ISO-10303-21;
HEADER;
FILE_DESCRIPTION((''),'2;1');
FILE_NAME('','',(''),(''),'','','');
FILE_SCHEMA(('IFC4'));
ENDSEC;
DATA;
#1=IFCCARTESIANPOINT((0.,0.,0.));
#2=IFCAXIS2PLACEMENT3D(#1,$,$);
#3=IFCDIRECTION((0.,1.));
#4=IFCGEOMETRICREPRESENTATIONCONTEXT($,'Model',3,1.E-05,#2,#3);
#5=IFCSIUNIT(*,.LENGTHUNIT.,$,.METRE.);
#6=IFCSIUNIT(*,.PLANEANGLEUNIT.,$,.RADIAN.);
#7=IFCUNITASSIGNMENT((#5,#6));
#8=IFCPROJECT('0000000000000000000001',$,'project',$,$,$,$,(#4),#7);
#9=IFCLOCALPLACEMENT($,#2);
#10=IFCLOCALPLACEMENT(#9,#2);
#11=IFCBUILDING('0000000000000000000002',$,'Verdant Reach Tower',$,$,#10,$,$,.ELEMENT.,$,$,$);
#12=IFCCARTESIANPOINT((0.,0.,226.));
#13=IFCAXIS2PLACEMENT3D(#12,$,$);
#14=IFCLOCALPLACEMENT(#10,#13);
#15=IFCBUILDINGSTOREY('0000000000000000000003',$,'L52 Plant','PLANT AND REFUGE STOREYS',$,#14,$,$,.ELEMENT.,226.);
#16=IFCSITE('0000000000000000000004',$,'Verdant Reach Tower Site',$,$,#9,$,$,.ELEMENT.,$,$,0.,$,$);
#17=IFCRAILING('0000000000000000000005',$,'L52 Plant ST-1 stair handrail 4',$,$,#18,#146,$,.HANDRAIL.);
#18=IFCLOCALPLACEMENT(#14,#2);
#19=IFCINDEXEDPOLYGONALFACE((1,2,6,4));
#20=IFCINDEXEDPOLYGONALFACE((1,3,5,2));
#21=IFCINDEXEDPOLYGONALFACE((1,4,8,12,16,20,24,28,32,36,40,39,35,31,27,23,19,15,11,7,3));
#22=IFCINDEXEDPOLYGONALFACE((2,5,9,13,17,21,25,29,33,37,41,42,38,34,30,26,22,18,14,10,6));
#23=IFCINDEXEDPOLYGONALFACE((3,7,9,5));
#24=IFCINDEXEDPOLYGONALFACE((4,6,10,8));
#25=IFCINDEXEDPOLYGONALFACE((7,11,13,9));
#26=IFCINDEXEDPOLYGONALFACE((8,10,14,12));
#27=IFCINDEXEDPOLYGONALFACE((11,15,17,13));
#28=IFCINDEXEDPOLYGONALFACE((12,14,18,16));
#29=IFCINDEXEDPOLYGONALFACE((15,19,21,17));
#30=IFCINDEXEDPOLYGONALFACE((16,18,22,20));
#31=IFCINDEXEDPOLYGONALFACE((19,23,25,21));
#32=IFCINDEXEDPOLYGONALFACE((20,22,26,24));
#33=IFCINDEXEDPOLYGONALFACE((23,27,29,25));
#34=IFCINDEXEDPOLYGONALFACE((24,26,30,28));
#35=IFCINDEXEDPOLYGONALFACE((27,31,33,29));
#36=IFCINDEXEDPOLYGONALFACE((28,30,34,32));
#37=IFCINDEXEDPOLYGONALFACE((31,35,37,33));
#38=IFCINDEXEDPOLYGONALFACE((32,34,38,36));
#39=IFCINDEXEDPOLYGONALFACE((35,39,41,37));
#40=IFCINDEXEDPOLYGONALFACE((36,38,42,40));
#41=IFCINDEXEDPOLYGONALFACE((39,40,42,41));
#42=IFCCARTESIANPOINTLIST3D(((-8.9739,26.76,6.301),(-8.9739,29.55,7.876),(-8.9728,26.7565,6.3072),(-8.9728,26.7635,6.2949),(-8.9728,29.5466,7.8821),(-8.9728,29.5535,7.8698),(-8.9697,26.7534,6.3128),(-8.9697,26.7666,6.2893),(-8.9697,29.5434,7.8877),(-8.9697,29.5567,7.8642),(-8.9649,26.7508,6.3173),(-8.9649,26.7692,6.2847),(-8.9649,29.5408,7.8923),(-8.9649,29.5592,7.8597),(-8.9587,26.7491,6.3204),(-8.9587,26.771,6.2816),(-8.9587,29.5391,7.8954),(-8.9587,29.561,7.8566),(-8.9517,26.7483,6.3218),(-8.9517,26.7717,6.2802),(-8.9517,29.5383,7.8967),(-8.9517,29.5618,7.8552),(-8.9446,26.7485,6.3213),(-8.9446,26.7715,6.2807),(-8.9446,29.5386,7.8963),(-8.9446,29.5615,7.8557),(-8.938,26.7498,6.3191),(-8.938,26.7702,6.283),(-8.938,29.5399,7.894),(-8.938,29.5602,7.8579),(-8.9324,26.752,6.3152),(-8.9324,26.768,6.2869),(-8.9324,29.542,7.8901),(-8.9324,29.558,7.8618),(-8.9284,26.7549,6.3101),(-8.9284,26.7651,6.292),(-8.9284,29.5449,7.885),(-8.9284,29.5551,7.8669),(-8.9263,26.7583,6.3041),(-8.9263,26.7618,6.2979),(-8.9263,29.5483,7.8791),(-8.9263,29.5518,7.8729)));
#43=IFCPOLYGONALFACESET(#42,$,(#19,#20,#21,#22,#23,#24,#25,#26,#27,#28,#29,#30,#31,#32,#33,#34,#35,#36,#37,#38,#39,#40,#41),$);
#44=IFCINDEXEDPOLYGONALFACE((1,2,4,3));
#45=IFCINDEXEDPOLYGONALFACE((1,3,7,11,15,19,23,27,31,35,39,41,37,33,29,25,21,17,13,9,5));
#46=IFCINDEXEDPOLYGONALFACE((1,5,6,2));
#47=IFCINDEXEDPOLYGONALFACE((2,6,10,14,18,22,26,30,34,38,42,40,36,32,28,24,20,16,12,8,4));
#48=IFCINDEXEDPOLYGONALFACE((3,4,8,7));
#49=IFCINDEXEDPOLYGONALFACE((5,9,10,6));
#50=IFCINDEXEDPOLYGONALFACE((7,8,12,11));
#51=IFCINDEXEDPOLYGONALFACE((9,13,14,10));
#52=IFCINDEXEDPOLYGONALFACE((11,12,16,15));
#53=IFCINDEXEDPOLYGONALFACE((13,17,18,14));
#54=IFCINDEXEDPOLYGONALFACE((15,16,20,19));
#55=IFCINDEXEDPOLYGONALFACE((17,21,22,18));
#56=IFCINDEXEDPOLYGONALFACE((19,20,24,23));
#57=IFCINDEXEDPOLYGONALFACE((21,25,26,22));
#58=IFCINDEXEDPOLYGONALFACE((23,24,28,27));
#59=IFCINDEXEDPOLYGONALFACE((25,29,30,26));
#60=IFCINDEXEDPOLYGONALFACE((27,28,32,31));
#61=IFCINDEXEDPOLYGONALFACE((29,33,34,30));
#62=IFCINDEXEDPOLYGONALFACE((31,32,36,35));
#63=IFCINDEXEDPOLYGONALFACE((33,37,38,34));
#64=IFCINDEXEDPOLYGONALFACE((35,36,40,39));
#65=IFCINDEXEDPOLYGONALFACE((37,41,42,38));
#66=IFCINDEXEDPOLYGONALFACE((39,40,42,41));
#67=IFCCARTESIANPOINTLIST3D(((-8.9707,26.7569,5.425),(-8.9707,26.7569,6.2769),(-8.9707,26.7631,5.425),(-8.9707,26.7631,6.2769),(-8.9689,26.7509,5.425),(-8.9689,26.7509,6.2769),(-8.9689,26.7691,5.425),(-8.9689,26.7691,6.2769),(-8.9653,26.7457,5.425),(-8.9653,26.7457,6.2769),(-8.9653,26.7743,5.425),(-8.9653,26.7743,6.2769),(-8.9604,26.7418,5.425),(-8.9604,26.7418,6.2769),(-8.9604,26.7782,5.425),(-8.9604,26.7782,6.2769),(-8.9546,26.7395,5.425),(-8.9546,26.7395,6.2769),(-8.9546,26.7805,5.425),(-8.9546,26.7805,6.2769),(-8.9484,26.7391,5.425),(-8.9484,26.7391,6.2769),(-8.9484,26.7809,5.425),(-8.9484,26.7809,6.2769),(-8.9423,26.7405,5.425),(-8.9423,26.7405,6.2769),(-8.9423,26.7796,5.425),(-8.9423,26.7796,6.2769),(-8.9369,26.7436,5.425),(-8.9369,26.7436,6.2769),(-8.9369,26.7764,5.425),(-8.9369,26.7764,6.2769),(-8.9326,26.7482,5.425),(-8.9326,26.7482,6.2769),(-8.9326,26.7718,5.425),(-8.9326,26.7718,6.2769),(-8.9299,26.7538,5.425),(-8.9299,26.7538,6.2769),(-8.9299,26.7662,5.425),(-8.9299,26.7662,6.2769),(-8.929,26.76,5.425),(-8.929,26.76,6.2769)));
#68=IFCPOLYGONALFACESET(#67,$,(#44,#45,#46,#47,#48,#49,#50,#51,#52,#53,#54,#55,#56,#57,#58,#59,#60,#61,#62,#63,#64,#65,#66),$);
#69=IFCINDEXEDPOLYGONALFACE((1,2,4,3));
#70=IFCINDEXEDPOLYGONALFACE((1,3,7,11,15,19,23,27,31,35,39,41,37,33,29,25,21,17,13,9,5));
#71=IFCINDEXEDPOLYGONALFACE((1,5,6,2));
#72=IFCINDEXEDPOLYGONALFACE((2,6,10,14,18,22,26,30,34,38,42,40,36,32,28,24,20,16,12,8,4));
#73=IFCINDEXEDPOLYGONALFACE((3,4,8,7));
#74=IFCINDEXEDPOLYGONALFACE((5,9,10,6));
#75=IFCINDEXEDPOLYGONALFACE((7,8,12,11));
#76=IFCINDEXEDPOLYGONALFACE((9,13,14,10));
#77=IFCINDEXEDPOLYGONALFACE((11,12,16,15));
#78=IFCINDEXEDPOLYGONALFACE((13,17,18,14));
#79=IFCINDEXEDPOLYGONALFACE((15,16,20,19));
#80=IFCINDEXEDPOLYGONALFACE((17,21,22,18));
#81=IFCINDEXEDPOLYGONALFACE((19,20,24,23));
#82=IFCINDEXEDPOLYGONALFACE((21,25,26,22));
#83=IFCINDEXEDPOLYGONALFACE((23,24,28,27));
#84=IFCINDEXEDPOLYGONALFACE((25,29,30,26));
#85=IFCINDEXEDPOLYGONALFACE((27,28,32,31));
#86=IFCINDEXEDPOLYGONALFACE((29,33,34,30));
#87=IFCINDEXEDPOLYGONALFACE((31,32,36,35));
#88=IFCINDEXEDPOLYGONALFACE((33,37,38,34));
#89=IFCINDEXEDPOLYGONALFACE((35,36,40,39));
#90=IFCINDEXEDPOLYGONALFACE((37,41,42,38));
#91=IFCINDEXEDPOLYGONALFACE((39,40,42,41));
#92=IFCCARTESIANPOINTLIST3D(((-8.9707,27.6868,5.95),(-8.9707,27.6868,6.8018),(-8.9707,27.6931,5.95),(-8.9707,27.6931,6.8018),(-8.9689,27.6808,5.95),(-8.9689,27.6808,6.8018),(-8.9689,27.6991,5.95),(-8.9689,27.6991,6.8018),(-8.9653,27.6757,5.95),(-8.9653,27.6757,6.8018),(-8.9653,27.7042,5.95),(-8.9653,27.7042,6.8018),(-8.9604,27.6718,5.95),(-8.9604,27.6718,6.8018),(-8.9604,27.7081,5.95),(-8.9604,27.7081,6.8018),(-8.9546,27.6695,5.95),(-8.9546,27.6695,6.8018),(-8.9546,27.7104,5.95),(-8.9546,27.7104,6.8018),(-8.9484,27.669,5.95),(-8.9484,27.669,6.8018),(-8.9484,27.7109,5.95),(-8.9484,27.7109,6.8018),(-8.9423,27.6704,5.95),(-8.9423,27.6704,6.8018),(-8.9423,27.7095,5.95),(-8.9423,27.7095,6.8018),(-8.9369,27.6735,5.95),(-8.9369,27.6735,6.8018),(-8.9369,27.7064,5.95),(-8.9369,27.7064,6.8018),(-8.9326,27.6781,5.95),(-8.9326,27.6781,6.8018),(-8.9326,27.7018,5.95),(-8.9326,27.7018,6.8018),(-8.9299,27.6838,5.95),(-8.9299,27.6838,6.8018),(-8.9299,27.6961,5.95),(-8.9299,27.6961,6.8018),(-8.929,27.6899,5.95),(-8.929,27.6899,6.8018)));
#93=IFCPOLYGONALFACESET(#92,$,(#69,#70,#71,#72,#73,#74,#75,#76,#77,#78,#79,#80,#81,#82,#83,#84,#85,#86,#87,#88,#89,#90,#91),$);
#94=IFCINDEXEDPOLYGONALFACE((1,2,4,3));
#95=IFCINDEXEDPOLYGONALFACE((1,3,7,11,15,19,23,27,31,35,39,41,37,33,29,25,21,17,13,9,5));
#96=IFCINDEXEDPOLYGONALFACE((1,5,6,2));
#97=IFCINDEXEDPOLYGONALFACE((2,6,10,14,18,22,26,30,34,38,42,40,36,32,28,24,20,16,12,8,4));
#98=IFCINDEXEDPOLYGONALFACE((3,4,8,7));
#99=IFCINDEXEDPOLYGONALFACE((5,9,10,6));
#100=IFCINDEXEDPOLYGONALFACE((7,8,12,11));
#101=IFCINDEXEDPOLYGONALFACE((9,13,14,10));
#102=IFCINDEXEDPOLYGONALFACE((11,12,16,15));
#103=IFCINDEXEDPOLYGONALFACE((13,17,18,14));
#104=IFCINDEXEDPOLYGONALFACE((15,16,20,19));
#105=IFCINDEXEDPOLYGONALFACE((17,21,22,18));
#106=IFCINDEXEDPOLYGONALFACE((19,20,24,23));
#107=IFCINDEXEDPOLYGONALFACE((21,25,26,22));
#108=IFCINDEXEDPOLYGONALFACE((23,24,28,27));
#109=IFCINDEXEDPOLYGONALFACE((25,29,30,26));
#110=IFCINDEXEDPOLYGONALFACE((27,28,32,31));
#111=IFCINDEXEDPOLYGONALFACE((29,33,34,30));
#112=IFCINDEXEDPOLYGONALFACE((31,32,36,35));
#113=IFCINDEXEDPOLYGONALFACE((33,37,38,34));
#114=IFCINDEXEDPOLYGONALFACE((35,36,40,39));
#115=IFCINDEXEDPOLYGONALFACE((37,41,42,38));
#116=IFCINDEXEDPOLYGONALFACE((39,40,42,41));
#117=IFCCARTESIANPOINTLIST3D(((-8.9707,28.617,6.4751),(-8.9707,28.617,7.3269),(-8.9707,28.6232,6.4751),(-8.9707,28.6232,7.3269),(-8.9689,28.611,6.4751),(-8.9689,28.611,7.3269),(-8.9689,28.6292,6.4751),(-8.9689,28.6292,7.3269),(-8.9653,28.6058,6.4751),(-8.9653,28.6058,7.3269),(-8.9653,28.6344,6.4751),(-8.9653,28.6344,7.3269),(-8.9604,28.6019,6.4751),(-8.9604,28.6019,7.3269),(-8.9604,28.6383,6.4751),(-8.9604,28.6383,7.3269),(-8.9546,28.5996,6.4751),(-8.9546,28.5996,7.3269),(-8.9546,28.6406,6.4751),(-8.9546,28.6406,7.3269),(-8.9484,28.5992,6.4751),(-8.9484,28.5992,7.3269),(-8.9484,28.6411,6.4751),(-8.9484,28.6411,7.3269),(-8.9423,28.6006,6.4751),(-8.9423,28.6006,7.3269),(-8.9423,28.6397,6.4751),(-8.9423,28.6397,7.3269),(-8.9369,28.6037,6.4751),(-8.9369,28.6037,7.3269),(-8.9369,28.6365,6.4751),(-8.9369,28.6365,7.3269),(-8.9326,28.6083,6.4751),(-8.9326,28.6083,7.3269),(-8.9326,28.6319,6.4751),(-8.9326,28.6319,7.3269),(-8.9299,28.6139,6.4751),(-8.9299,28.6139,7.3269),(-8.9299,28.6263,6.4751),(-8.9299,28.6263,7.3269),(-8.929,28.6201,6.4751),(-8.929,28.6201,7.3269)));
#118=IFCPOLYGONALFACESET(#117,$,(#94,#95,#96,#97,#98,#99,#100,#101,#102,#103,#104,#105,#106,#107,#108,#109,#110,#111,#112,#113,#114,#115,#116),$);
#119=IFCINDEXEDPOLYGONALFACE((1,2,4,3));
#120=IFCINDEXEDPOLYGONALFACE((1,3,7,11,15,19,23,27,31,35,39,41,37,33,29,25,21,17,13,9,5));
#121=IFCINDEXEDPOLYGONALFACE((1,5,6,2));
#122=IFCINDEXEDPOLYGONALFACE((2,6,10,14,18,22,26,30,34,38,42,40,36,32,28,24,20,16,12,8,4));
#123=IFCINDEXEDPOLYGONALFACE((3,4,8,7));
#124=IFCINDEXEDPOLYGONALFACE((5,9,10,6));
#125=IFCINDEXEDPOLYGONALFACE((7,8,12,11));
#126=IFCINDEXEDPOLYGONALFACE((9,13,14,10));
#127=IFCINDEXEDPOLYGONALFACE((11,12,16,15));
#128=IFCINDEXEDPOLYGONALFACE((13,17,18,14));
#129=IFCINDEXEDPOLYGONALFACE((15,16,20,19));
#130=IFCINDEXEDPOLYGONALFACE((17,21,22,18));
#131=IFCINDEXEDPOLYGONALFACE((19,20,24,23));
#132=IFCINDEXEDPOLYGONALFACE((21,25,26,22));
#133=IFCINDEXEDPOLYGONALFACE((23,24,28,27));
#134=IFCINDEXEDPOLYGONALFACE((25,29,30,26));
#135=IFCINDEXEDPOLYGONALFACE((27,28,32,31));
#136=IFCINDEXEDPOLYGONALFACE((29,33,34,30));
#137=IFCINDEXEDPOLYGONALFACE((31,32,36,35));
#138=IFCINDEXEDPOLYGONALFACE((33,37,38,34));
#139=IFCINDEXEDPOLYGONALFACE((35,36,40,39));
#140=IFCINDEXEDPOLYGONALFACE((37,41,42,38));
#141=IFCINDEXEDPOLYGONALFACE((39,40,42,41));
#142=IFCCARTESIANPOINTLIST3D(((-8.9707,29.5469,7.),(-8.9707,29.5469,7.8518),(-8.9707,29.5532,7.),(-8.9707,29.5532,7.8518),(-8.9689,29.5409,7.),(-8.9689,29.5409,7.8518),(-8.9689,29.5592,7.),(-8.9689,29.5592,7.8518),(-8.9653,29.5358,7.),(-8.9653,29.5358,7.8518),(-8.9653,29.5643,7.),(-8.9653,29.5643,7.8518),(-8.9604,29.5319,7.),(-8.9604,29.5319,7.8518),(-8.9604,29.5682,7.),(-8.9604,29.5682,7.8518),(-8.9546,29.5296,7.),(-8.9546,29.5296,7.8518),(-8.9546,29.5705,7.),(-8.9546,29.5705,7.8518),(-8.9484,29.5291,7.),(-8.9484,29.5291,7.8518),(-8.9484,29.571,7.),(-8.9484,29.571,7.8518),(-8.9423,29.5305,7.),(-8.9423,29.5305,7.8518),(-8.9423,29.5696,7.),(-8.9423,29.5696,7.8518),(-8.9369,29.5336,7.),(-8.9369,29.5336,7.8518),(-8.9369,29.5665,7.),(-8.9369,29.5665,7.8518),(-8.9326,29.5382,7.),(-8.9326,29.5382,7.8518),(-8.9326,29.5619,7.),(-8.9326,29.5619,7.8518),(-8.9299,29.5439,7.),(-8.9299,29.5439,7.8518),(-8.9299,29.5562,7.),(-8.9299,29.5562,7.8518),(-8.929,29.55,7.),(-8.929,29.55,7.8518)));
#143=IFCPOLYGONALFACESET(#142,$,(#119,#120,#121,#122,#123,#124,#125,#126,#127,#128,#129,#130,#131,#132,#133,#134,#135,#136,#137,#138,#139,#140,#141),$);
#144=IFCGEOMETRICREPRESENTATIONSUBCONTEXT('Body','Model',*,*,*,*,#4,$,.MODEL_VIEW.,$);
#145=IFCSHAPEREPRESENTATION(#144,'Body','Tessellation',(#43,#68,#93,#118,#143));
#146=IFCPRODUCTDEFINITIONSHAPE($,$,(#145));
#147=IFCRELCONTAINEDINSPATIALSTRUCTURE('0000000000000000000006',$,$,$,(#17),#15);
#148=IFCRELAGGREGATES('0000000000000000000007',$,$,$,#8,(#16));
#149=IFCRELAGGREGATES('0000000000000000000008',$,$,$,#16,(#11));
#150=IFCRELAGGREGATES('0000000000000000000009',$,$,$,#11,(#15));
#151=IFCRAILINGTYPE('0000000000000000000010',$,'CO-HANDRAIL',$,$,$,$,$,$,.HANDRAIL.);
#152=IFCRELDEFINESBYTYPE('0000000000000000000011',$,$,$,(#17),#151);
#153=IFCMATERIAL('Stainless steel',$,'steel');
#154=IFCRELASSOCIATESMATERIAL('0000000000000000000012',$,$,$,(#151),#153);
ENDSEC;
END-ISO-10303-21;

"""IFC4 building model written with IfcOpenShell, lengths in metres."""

from ifc_helpers import new_model, si_unit, direction, frame, origin, origin_2d, place, context, subcontext, project, spatial, circle, extrude, material, type_object, element, save


model = new_model("IFC4")

# Units and contexts
model_context = context("Model", 3, precision=1e-05, world=origin(), true_north=direction((0.0, 1.0)))
body_context = subcontext(model_context, "Body", "Model", "MODEL_VIEW")
ifc_project = project(units=[si_unit("LENGTHUNIT", "METRE"), si_unit("PLANEANGLEUNIT", "RADIAN")], contexts=[model_context])

# Site, building, storey
site_placement = place(None, origin())
site = spatial("IfcSite", under=ifc_project, at=site_placement, Name="Verdant Reach Tower Site", CompositionType="ELEMENT", RefElevation=0.0)
building_placement = place(site_placement, origin())
building = spatial("IfcBuilding", under=site, at=building_placement, Name="Verdant Reach Tower", CompositionType="ELEMENT")
storey_placement = place(building_placement, frame((0.0, 0.0, 226.0)))
storey = spatial("IfcBuildingStorey", under=building, at=storey_placement, Name="L52 Plant", Description="PLANT AND REFUGE STOREYS", CompositionType="ELEMENT", Elevation=226.0)

# Railing
ifc_material_1 = material(Name="Stainless steel", Category="steel")
railing_type = type_object("IfcRailingType", Name="CO-HANDRAIL", PredefinedType="HANDRAIL", material=ifc_material_1)
for number, where, name in (
    (1, (-8.95, 26.76, 5.425), "L52 Plant ST-1 stair handrail 4"),
):
    element("IfcRailing", number, at=place(storey_placement, frame(where)), inside=storey, type_object=railing_type, Name=name, PredefinedType="HANDRAIL", context=body_context, shape_type="SweptSolid", body=[
        extrude(circle(Radius=0.0239, at=origin_2d()), frame((0.0, 0.0, 0.876), z_axis=(0.0, 0.870834, 0.491578), x_axis=(-1.0, 0.0, 0.0)), (0.0, 0.0, 1.0), 3.2039),
        extrude(circle(Radius=0.021, at=origin_2d()), origin(), (0.0, 0.0, 1.0), 0.8518),
        extrude(circle(Radius=0.021, at=origin_2d()), frame((0.0, 0.9299, 0.5249)), (0.0, 0.0, 1.0), 0.8518),
        extrude(circle(Radius=0.021, at=origin_2d()), frame((0.0, 1.8601, 1.05)), (0.0, 0.0, 1.0), 0.8518),
        extrude(circle(Radius=0.021, at=origin_2d()), frame((0.0, 2.79, 1.575)), (0.0, 0.0, 1.0), 0.8518),
    ])

save(model, "model.ifc")
